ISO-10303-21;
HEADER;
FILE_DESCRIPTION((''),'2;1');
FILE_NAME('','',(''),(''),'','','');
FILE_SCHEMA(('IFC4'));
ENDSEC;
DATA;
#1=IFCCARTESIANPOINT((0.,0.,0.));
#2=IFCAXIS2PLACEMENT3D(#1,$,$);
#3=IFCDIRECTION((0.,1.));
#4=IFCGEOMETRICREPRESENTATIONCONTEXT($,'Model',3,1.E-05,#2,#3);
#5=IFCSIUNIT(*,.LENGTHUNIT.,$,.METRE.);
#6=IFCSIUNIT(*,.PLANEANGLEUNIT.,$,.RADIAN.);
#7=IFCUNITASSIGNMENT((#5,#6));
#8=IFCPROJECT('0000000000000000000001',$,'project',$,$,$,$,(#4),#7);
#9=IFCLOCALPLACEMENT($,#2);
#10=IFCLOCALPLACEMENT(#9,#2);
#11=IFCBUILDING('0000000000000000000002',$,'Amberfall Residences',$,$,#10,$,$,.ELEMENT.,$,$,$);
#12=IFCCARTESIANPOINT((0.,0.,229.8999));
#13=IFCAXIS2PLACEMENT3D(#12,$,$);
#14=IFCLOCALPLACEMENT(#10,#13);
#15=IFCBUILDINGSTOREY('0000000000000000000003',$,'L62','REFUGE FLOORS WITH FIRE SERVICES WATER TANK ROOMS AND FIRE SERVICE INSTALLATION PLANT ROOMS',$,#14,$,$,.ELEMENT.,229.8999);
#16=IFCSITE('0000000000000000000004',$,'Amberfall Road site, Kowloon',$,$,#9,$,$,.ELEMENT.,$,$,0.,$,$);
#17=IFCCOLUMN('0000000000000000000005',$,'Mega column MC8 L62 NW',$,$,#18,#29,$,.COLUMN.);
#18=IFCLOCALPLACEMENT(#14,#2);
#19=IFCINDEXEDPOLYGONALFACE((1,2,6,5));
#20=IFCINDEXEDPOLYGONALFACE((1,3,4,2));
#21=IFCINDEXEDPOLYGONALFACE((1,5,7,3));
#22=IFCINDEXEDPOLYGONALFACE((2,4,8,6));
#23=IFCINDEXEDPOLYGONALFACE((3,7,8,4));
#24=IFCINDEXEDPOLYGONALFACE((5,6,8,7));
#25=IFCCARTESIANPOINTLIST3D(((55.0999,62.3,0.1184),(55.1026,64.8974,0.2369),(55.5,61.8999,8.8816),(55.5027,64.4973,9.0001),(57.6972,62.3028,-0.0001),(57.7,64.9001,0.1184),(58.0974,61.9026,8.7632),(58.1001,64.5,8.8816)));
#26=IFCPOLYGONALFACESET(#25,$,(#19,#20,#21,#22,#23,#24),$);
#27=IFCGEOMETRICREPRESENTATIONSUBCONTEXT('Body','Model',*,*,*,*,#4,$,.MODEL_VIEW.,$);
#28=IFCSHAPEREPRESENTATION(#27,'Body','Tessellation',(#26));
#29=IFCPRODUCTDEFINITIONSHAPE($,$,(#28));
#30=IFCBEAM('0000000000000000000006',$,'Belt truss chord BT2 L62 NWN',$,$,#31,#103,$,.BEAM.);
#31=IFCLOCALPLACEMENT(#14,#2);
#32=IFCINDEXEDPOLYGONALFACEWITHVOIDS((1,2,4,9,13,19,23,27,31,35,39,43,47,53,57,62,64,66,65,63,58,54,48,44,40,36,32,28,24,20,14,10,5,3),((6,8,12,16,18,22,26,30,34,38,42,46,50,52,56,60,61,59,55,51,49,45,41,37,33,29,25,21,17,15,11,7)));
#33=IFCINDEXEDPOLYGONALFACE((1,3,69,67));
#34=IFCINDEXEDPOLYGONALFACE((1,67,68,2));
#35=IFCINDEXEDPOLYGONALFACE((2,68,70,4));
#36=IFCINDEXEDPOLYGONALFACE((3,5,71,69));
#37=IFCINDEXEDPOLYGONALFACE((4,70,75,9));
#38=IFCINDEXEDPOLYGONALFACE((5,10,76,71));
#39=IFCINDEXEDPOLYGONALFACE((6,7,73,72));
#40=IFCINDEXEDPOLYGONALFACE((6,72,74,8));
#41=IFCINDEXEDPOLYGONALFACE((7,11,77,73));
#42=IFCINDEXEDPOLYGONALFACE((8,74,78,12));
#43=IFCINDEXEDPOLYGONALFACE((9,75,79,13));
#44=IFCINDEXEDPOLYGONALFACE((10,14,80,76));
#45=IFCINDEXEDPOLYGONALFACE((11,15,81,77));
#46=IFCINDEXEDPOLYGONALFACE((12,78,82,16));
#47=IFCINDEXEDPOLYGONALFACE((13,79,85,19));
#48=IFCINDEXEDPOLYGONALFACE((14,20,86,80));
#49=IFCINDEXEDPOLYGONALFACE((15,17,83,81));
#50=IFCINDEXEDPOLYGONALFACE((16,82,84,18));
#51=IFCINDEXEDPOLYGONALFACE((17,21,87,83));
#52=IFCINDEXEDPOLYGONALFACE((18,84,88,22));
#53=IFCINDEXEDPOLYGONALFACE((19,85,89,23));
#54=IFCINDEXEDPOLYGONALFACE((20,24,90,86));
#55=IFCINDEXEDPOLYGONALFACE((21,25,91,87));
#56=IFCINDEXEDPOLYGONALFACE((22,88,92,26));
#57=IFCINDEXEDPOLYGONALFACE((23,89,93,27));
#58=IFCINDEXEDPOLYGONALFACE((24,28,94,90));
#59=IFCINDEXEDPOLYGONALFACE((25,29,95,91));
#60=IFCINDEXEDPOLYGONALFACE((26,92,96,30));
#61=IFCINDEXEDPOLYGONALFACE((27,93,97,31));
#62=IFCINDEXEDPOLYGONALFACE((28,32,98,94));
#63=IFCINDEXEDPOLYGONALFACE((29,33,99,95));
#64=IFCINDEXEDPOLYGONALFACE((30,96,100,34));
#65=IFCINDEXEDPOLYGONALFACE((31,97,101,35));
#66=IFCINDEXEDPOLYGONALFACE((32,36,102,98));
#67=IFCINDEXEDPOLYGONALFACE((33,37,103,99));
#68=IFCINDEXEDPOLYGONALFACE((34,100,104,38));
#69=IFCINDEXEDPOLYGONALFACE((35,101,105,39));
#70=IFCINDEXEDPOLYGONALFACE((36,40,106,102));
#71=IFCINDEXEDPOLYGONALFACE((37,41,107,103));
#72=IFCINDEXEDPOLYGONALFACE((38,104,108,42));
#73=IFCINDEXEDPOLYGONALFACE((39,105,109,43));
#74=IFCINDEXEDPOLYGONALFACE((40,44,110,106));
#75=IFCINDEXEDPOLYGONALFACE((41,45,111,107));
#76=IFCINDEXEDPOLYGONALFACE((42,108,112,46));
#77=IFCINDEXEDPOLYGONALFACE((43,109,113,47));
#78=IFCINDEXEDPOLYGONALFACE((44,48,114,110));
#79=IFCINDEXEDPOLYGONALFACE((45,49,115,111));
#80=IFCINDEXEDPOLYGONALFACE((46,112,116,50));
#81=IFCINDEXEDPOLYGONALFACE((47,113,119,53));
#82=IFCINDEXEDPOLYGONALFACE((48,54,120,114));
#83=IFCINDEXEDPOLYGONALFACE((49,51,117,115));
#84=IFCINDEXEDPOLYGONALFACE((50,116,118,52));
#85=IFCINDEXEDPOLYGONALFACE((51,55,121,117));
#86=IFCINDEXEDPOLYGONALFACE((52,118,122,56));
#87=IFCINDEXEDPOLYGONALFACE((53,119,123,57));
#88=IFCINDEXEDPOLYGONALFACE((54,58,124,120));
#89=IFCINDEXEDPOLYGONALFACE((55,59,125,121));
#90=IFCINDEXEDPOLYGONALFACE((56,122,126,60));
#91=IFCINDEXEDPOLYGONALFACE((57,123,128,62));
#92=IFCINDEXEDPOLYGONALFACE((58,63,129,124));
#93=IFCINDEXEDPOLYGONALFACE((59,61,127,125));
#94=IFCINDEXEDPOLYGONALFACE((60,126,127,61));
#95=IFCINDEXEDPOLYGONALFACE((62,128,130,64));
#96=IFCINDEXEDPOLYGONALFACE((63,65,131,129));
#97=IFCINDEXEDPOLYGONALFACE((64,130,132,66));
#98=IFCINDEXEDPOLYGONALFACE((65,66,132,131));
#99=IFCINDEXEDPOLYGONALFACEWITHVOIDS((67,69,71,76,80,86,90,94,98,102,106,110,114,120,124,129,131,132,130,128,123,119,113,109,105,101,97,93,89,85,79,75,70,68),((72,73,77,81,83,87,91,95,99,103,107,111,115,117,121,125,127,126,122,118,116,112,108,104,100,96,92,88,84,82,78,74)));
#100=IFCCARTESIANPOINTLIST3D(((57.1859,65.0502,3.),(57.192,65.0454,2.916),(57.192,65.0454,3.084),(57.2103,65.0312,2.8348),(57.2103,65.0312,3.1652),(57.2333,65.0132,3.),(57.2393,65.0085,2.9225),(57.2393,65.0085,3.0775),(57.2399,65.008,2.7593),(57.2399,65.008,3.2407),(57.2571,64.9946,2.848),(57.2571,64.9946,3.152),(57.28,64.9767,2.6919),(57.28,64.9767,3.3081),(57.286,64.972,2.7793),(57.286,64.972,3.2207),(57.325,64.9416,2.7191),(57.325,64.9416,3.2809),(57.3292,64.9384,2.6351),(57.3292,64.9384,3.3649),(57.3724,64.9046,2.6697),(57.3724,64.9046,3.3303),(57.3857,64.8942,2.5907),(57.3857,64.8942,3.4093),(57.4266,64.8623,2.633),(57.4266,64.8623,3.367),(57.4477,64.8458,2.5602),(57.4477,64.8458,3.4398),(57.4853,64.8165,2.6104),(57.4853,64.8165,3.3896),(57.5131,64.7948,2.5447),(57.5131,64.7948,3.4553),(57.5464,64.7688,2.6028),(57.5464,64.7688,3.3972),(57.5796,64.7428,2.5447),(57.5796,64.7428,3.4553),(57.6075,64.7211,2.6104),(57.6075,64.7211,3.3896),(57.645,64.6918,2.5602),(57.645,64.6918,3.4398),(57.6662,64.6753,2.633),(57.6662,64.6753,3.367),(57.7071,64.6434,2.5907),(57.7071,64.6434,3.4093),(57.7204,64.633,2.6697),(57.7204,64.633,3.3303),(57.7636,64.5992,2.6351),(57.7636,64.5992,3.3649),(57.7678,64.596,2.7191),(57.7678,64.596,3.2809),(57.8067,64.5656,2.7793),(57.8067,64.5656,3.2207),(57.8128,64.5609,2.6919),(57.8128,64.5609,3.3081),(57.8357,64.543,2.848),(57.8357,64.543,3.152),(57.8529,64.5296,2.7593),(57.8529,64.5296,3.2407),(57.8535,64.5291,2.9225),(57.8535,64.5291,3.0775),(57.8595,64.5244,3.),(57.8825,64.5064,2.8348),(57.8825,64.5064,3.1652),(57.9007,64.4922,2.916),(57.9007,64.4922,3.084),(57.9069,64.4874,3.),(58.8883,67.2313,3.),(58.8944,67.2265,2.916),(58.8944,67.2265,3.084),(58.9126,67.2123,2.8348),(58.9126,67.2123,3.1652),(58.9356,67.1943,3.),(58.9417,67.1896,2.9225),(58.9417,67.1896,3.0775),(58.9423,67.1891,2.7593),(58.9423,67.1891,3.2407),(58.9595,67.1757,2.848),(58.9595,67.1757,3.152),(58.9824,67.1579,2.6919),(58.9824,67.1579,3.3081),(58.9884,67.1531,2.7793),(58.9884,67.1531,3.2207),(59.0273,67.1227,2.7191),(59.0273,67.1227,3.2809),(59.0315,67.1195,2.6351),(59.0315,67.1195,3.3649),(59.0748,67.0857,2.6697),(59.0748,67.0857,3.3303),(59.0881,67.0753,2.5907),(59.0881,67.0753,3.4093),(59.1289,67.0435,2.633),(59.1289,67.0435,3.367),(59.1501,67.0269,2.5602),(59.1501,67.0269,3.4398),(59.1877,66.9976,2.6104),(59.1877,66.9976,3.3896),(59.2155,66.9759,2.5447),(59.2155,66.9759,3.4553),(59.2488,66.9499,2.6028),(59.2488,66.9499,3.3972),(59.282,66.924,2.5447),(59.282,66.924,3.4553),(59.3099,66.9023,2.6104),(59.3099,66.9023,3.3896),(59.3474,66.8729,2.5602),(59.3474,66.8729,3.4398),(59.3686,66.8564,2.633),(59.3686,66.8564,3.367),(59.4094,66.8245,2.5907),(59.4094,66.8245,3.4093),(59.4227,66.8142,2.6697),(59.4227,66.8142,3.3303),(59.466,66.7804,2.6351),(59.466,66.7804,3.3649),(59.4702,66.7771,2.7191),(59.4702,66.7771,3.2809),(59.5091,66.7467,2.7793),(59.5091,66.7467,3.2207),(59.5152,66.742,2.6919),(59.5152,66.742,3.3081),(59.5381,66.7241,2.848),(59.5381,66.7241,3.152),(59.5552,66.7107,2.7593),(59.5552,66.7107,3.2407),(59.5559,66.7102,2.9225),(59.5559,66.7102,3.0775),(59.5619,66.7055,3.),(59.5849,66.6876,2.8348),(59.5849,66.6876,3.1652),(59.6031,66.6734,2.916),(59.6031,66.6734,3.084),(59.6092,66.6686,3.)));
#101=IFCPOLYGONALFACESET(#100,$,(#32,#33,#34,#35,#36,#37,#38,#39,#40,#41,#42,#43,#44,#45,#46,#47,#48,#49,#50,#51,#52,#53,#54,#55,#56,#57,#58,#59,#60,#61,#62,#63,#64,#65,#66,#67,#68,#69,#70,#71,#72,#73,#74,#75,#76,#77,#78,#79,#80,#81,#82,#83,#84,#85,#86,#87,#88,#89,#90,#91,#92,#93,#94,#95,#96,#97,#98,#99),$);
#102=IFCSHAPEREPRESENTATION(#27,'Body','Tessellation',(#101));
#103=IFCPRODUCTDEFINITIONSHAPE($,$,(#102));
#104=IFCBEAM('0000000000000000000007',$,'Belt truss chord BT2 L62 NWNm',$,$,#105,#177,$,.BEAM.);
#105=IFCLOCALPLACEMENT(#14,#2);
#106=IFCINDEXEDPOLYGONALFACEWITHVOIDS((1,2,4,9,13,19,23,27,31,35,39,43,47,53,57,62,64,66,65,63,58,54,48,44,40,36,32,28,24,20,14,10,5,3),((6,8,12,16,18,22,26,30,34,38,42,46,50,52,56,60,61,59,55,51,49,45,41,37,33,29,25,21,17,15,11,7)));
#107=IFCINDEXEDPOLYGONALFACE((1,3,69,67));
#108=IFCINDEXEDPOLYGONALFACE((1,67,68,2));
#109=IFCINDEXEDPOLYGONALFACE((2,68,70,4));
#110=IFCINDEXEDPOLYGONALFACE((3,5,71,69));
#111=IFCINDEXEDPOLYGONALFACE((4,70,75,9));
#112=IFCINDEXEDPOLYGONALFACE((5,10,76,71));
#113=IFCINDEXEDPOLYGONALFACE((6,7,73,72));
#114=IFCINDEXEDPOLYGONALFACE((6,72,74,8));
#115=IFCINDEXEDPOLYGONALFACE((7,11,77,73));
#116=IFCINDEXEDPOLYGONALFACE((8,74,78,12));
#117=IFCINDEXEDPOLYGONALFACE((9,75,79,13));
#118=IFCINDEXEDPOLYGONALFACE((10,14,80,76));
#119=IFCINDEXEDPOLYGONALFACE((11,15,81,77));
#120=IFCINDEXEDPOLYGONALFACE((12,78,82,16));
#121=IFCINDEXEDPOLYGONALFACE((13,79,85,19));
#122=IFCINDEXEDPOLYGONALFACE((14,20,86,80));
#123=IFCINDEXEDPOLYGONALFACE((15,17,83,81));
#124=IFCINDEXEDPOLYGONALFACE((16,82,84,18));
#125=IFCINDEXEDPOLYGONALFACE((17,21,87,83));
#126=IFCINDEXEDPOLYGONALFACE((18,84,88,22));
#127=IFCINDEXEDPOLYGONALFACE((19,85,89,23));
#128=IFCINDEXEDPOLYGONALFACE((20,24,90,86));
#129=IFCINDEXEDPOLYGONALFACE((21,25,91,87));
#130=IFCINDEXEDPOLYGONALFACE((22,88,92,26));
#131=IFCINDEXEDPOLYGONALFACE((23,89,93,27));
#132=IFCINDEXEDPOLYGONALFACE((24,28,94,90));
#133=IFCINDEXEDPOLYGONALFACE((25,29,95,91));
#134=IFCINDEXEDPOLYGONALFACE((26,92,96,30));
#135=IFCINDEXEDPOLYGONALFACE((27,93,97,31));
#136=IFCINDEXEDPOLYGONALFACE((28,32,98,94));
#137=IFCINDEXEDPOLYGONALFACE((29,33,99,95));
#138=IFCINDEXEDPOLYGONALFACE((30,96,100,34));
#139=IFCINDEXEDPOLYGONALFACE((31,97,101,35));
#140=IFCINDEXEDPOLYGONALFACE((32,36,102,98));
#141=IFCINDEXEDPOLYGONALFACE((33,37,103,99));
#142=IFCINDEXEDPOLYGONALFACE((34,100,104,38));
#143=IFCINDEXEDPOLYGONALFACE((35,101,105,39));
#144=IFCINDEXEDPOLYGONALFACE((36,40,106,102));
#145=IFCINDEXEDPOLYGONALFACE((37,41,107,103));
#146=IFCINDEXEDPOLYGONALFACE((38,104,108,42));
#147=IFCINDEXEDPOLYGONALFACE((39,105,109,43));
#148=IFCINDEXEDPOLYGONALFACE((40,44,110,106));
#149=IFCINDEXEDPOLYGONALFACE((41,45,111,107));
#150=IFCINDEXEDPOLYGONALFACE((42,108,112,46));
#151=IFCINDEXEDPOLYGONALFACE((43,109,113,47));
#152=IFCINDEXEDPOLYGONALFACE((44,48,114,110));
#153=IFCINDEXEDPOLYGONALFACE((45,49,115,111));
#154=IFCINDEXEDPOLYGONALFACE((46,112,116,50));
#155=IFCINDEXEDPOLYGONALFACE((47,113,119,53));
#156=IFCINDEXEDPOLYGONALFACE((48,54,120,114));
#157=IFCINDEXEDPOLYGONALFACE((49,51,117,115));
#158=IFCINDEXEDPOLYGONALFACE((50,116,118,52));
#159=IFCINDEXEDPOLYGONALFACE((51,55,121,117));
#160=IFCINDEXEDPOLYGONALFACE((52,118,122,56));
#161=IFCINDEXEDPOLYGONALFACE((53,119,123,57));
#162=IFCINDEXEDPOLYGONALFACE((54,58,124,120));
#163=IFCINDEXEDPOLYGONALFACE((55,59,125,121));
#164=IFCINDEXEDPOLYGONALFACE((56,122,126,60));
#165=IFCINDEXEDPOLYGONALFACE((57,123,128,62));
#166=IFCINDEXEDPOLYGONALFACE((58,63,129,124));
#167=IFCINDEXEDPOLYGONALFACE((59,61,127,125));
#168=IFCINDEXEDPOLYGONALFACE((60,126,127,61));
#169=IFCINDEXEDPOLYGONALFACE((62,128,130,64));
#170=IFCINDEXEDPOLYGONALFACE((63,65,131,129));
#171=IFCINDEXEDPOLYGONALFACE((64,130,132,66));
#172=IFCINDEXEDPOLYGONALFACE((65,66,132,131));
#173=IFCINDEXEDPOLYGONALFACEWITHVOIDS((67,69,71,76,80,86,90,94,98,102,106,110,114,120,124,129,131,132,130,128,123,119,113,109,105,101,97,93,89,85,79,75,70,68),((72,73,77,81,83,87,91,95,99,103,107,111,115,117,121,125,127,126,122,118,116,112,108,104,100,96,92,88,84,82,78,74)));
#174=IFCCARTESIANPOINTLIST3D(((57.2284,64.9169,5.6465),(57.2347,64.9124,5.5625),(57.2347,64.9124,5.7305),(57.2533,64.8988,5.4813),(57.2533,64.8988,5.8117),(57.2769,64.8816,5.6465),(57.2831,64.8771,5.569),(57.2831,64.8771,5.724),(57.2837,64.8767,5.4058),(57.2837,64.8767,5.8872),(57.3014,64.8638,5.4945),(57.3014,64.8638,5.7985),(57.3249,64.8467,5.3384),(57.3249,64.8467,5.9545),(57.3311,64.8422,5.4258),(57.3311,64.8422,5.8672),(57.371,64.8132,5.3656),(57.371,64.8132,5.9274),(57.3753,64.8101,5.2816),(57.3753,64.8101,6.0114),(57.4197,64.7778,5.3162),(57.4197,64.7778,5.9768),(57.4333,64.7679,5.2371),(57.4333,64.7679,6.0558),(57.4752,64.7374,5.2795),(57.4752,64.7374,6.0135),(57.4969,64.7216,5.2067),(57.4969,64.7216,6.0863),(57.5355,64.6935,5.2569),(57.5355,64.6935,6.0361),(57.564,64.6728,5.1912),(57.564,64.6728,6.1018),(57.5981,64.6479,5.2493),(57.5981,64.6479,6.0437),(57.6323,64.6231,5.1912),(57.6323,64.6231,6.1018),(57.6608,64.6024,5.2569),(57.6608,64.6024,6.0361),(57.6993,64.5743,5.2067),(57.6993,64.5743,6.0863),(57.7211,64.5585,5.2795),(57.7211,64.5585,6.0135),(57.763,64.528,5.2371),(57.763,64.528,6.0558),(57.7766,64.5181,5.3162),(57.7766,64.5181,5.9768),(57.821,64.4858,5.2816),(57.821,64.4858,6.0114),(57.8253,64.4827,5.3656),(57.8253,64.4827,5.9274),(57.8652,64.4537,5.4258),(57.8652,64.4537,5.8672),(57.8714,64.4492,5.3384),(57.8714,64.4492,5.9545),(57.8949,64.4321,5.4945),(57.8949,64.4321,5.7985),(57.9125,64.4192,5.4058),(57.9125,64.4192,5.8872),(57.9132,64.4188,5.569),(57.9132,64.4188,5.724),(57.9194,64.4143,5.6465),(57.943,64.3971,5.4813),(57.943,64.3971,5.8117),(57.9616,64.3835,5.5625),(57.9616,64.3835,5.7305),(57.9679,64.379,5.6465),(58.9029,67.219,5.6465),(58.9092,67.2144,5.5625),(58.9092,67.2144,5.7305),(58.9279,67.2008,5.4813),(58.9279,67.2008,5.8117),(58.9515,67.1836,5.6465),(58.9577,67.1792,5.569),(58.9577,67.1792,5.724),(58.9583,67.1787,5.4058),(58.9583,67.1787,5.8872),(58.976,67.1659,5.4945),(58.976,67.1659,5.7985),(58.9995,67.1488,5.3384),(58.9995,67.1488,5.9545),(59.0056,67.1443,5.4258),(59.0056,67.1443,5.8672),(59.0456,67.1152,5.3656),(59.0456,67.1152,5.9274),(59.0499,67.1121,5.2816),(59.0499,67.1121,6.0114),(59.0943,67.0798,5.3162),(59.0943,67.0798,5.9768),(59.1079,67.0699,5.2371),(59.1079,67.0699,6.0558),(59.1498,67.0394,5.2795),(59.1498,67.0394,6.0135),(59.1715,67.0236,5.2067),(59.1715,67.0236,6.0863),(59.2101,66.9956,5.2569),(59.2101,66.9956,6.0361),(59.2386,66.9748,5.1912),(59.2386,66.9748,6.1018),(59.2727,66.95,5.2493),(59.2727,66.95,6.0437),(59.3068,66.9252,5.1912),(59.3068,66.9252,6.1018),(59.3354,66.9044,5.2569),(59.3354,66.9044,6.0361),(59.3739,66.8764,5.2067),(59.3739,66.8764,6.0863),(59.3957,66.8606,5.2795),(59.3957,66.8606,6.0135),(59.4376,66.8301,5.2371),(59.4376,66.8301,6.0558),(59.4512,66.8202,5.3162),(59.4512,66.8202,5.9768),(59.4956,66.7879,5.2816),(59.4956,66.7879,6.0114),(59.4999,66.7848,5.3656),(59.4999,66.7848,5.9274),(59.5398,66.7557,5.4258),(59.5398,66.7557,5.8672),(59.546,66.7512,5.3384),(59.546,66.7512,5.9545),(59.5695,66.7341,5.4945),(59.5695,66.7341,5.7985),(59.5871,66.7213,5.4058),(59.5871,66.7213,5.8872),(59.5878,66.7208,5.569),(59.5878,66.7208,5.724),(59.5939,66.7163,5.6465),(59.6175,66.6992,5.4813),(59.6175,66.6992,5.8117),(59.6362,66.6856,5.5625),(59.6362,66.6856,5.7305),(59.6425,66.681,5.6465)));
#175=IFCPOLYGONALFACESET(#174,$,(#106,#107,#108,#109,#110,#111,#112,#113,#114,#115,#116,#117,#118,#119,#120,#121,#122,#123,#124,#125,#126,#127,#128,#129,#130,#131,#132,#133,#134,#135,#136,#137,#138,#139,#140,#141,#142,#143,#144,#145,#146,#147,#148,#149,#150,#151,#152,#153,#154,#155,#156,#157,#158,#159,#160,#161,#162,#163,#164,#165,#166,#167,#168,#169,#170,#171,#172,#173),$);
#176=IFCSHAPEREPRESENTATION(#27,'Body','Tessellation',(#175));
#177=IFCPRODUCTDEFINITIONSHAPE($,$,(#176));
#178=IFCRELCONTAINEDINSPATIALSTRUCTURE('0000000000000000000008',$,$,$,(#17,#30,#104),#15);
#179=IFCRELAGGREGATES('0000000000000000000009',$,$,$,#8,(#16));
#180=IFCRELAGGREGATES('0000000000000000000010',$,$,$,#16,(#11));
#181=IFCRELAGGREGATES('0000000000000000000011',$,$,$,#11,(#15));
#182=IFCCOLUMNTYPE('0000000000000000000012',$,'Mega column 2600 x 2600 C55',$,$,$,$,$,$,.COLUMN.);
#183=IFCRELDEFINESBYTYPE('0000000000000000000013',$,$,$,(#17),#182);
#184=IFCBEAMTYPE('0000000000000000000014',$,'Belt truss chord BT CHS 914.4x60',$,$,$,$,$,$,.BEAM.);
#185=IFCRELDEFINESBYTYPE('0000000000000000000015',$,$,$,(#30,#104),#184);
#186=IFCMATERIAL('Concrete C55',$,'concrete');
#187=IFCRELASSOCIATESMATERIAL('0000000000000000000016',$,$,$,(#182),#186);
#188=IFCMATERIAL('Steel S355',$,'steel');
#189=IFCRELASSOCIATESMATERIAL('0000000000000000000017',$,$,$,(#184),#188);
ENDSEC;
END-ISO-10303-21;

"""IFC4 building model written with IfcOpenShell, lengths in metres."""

from ifc_helpers import new_model, si_unit, direction, frame, origin, origin_2d, place, context, subcontext, project, spatial, rectangle, hollow_circle, extrude, material, material_profile, profile_set, type_object, element, save


model = new_model("IFC4")

# Units and contexts
model_context = context("Model", 3, precision=1e-05, world=origin(), true_north=direction((0.0, 1.0)))
body_context = subcontext(model_context, "Body", "Model", "MODEL_VIEW")
ifc_project = project(units=[si_unit("LENGTHUNIT", "METRE"), si_unit("PLANEANGLEUNIT", "RADIAN")], contexts=[model_context])

# Site, building, storey
site_placement = place(None, origin())
site = spatial("IfcSite", under=ifc_project, at=site_placement, Name="Amberfall Road site, Kowloon", CompositionType="ELEMENT", RefElevation=0.0)
building_placement = place(site_placement, origin())
building = spatial("IfcBuilding", under=site, at=building_placement, Name="Amberfall Residences", CompositionType="ELEMENT")
storey_placement = place(building_placement, frame((0.0, 0.0, 229.8999)))
storey = spatial("IfcBuildingStorey", under=building, at=storey_placement, Name="L62", Description="REFUGE FLOORS WITH FIRE SERVICES WATER TANK ROOMS AND FIRE SERVICE INSTALLATION PLANT ROOMS", CompositionType="ELEMENT", Elevation=229.8999)

# Column
ifc_material_1 = material(Name="Concrete C55", Category="concrete")
ifc_material_profile_1 = material_profile(ifc_material_1, rectangle(XDim=2.6001, YDim=2.6001, at=origin_2d()), Name="Mega column 2600 x 2600 C55")
ifc_profile_set_1 = profile_set([ifc_material_profile_1], Name="Concrete C55")
column_type = type_object("IfcColumnType", Name="Mega column 2600 x 2600 C55", PredefinedType="COLUMN", material=ifc_profile_set_1)
column_placement = place(storey_placement, frame((56.3999, 63.6001, 0.1184), z_axis=(0.045567, -0.045567, 0.997921), x_axis=(0.001039, 0.998961, 0.045567)))
element("IfcColumn", 1, at=column_placement, inside=storey, type_object=column_type, Name="Mega column MC8 L62 NW", PredefinedType="COLUMN", context=body_context, shape_type="SweptSolid", body=[
    extrude(rectangle(XDim=2.6001, YDim=2.6001, at=origin_2d()), origin(), (0.0, 0.0, 1.0), 8.7815),
])

# Beams
ifc_material_2 = material(Name="Steel S355", Category="steel")
ifc_material_profile_2 = material_profile(ifc_material_2, hollow_circle(Radius=0.4573, WallThickness=0.0601, at=origin_2d()), Name="CHS 914.4x60")
ifc_profile_set_2 = profile_set([ifc_material_profile_2], Name="Steel S355")
beam_type_1 = type_object("IfcBeamType", Name="Belt truss chord BT CHS 914.4x60", PredefinedType="BEAM", material=ifc_profile_set_2)
beam_1_placement = place(storey_placement, frame((57.5464, 64.7688, 3.0), z_axis=(0.615278, 0.788311, 0.0), x_axis=(-0.788311, 0.615278, 0.0)))
element("IfcBeam", 2, at=beam_1_placement, inside=storey, type_object=beam_type_1, Name="Belt truss chord BT2 L62 NWN", PredefinedType="BEAM", context=body_context, shape_type="SweptSolid", body=[
    extrude(hollow_circle(Radius=0.4573, WallThickness=0.0601, at=origin_2d()), origin(), (0.0, 0.0, 1.0), 2.7668),
])
beam_2_placement = place(storey_placement, frame((57.5981, 64.6479, 5.6465), z_axis=(0.588258, 0.808673, 0.0), x_axis=(-0.808673, 0.588258, 0.0)))
element("IfcBeam", 3, at=beam_2_placement, inside=storey, type_object=beam_type_1, Name="Belt truss chord BT2 L62 NWNm", PredefinedType="BEAM", context=body_context, shape_type="SweptSolid", body=[
    extrude(hollow_circle(Radius=0.4573, WallThickness=0.0601, at=origin_2d()), origin(), (0.0, 0.0, 1.0), 2.8467),
])

save(model, "model.ifc")
